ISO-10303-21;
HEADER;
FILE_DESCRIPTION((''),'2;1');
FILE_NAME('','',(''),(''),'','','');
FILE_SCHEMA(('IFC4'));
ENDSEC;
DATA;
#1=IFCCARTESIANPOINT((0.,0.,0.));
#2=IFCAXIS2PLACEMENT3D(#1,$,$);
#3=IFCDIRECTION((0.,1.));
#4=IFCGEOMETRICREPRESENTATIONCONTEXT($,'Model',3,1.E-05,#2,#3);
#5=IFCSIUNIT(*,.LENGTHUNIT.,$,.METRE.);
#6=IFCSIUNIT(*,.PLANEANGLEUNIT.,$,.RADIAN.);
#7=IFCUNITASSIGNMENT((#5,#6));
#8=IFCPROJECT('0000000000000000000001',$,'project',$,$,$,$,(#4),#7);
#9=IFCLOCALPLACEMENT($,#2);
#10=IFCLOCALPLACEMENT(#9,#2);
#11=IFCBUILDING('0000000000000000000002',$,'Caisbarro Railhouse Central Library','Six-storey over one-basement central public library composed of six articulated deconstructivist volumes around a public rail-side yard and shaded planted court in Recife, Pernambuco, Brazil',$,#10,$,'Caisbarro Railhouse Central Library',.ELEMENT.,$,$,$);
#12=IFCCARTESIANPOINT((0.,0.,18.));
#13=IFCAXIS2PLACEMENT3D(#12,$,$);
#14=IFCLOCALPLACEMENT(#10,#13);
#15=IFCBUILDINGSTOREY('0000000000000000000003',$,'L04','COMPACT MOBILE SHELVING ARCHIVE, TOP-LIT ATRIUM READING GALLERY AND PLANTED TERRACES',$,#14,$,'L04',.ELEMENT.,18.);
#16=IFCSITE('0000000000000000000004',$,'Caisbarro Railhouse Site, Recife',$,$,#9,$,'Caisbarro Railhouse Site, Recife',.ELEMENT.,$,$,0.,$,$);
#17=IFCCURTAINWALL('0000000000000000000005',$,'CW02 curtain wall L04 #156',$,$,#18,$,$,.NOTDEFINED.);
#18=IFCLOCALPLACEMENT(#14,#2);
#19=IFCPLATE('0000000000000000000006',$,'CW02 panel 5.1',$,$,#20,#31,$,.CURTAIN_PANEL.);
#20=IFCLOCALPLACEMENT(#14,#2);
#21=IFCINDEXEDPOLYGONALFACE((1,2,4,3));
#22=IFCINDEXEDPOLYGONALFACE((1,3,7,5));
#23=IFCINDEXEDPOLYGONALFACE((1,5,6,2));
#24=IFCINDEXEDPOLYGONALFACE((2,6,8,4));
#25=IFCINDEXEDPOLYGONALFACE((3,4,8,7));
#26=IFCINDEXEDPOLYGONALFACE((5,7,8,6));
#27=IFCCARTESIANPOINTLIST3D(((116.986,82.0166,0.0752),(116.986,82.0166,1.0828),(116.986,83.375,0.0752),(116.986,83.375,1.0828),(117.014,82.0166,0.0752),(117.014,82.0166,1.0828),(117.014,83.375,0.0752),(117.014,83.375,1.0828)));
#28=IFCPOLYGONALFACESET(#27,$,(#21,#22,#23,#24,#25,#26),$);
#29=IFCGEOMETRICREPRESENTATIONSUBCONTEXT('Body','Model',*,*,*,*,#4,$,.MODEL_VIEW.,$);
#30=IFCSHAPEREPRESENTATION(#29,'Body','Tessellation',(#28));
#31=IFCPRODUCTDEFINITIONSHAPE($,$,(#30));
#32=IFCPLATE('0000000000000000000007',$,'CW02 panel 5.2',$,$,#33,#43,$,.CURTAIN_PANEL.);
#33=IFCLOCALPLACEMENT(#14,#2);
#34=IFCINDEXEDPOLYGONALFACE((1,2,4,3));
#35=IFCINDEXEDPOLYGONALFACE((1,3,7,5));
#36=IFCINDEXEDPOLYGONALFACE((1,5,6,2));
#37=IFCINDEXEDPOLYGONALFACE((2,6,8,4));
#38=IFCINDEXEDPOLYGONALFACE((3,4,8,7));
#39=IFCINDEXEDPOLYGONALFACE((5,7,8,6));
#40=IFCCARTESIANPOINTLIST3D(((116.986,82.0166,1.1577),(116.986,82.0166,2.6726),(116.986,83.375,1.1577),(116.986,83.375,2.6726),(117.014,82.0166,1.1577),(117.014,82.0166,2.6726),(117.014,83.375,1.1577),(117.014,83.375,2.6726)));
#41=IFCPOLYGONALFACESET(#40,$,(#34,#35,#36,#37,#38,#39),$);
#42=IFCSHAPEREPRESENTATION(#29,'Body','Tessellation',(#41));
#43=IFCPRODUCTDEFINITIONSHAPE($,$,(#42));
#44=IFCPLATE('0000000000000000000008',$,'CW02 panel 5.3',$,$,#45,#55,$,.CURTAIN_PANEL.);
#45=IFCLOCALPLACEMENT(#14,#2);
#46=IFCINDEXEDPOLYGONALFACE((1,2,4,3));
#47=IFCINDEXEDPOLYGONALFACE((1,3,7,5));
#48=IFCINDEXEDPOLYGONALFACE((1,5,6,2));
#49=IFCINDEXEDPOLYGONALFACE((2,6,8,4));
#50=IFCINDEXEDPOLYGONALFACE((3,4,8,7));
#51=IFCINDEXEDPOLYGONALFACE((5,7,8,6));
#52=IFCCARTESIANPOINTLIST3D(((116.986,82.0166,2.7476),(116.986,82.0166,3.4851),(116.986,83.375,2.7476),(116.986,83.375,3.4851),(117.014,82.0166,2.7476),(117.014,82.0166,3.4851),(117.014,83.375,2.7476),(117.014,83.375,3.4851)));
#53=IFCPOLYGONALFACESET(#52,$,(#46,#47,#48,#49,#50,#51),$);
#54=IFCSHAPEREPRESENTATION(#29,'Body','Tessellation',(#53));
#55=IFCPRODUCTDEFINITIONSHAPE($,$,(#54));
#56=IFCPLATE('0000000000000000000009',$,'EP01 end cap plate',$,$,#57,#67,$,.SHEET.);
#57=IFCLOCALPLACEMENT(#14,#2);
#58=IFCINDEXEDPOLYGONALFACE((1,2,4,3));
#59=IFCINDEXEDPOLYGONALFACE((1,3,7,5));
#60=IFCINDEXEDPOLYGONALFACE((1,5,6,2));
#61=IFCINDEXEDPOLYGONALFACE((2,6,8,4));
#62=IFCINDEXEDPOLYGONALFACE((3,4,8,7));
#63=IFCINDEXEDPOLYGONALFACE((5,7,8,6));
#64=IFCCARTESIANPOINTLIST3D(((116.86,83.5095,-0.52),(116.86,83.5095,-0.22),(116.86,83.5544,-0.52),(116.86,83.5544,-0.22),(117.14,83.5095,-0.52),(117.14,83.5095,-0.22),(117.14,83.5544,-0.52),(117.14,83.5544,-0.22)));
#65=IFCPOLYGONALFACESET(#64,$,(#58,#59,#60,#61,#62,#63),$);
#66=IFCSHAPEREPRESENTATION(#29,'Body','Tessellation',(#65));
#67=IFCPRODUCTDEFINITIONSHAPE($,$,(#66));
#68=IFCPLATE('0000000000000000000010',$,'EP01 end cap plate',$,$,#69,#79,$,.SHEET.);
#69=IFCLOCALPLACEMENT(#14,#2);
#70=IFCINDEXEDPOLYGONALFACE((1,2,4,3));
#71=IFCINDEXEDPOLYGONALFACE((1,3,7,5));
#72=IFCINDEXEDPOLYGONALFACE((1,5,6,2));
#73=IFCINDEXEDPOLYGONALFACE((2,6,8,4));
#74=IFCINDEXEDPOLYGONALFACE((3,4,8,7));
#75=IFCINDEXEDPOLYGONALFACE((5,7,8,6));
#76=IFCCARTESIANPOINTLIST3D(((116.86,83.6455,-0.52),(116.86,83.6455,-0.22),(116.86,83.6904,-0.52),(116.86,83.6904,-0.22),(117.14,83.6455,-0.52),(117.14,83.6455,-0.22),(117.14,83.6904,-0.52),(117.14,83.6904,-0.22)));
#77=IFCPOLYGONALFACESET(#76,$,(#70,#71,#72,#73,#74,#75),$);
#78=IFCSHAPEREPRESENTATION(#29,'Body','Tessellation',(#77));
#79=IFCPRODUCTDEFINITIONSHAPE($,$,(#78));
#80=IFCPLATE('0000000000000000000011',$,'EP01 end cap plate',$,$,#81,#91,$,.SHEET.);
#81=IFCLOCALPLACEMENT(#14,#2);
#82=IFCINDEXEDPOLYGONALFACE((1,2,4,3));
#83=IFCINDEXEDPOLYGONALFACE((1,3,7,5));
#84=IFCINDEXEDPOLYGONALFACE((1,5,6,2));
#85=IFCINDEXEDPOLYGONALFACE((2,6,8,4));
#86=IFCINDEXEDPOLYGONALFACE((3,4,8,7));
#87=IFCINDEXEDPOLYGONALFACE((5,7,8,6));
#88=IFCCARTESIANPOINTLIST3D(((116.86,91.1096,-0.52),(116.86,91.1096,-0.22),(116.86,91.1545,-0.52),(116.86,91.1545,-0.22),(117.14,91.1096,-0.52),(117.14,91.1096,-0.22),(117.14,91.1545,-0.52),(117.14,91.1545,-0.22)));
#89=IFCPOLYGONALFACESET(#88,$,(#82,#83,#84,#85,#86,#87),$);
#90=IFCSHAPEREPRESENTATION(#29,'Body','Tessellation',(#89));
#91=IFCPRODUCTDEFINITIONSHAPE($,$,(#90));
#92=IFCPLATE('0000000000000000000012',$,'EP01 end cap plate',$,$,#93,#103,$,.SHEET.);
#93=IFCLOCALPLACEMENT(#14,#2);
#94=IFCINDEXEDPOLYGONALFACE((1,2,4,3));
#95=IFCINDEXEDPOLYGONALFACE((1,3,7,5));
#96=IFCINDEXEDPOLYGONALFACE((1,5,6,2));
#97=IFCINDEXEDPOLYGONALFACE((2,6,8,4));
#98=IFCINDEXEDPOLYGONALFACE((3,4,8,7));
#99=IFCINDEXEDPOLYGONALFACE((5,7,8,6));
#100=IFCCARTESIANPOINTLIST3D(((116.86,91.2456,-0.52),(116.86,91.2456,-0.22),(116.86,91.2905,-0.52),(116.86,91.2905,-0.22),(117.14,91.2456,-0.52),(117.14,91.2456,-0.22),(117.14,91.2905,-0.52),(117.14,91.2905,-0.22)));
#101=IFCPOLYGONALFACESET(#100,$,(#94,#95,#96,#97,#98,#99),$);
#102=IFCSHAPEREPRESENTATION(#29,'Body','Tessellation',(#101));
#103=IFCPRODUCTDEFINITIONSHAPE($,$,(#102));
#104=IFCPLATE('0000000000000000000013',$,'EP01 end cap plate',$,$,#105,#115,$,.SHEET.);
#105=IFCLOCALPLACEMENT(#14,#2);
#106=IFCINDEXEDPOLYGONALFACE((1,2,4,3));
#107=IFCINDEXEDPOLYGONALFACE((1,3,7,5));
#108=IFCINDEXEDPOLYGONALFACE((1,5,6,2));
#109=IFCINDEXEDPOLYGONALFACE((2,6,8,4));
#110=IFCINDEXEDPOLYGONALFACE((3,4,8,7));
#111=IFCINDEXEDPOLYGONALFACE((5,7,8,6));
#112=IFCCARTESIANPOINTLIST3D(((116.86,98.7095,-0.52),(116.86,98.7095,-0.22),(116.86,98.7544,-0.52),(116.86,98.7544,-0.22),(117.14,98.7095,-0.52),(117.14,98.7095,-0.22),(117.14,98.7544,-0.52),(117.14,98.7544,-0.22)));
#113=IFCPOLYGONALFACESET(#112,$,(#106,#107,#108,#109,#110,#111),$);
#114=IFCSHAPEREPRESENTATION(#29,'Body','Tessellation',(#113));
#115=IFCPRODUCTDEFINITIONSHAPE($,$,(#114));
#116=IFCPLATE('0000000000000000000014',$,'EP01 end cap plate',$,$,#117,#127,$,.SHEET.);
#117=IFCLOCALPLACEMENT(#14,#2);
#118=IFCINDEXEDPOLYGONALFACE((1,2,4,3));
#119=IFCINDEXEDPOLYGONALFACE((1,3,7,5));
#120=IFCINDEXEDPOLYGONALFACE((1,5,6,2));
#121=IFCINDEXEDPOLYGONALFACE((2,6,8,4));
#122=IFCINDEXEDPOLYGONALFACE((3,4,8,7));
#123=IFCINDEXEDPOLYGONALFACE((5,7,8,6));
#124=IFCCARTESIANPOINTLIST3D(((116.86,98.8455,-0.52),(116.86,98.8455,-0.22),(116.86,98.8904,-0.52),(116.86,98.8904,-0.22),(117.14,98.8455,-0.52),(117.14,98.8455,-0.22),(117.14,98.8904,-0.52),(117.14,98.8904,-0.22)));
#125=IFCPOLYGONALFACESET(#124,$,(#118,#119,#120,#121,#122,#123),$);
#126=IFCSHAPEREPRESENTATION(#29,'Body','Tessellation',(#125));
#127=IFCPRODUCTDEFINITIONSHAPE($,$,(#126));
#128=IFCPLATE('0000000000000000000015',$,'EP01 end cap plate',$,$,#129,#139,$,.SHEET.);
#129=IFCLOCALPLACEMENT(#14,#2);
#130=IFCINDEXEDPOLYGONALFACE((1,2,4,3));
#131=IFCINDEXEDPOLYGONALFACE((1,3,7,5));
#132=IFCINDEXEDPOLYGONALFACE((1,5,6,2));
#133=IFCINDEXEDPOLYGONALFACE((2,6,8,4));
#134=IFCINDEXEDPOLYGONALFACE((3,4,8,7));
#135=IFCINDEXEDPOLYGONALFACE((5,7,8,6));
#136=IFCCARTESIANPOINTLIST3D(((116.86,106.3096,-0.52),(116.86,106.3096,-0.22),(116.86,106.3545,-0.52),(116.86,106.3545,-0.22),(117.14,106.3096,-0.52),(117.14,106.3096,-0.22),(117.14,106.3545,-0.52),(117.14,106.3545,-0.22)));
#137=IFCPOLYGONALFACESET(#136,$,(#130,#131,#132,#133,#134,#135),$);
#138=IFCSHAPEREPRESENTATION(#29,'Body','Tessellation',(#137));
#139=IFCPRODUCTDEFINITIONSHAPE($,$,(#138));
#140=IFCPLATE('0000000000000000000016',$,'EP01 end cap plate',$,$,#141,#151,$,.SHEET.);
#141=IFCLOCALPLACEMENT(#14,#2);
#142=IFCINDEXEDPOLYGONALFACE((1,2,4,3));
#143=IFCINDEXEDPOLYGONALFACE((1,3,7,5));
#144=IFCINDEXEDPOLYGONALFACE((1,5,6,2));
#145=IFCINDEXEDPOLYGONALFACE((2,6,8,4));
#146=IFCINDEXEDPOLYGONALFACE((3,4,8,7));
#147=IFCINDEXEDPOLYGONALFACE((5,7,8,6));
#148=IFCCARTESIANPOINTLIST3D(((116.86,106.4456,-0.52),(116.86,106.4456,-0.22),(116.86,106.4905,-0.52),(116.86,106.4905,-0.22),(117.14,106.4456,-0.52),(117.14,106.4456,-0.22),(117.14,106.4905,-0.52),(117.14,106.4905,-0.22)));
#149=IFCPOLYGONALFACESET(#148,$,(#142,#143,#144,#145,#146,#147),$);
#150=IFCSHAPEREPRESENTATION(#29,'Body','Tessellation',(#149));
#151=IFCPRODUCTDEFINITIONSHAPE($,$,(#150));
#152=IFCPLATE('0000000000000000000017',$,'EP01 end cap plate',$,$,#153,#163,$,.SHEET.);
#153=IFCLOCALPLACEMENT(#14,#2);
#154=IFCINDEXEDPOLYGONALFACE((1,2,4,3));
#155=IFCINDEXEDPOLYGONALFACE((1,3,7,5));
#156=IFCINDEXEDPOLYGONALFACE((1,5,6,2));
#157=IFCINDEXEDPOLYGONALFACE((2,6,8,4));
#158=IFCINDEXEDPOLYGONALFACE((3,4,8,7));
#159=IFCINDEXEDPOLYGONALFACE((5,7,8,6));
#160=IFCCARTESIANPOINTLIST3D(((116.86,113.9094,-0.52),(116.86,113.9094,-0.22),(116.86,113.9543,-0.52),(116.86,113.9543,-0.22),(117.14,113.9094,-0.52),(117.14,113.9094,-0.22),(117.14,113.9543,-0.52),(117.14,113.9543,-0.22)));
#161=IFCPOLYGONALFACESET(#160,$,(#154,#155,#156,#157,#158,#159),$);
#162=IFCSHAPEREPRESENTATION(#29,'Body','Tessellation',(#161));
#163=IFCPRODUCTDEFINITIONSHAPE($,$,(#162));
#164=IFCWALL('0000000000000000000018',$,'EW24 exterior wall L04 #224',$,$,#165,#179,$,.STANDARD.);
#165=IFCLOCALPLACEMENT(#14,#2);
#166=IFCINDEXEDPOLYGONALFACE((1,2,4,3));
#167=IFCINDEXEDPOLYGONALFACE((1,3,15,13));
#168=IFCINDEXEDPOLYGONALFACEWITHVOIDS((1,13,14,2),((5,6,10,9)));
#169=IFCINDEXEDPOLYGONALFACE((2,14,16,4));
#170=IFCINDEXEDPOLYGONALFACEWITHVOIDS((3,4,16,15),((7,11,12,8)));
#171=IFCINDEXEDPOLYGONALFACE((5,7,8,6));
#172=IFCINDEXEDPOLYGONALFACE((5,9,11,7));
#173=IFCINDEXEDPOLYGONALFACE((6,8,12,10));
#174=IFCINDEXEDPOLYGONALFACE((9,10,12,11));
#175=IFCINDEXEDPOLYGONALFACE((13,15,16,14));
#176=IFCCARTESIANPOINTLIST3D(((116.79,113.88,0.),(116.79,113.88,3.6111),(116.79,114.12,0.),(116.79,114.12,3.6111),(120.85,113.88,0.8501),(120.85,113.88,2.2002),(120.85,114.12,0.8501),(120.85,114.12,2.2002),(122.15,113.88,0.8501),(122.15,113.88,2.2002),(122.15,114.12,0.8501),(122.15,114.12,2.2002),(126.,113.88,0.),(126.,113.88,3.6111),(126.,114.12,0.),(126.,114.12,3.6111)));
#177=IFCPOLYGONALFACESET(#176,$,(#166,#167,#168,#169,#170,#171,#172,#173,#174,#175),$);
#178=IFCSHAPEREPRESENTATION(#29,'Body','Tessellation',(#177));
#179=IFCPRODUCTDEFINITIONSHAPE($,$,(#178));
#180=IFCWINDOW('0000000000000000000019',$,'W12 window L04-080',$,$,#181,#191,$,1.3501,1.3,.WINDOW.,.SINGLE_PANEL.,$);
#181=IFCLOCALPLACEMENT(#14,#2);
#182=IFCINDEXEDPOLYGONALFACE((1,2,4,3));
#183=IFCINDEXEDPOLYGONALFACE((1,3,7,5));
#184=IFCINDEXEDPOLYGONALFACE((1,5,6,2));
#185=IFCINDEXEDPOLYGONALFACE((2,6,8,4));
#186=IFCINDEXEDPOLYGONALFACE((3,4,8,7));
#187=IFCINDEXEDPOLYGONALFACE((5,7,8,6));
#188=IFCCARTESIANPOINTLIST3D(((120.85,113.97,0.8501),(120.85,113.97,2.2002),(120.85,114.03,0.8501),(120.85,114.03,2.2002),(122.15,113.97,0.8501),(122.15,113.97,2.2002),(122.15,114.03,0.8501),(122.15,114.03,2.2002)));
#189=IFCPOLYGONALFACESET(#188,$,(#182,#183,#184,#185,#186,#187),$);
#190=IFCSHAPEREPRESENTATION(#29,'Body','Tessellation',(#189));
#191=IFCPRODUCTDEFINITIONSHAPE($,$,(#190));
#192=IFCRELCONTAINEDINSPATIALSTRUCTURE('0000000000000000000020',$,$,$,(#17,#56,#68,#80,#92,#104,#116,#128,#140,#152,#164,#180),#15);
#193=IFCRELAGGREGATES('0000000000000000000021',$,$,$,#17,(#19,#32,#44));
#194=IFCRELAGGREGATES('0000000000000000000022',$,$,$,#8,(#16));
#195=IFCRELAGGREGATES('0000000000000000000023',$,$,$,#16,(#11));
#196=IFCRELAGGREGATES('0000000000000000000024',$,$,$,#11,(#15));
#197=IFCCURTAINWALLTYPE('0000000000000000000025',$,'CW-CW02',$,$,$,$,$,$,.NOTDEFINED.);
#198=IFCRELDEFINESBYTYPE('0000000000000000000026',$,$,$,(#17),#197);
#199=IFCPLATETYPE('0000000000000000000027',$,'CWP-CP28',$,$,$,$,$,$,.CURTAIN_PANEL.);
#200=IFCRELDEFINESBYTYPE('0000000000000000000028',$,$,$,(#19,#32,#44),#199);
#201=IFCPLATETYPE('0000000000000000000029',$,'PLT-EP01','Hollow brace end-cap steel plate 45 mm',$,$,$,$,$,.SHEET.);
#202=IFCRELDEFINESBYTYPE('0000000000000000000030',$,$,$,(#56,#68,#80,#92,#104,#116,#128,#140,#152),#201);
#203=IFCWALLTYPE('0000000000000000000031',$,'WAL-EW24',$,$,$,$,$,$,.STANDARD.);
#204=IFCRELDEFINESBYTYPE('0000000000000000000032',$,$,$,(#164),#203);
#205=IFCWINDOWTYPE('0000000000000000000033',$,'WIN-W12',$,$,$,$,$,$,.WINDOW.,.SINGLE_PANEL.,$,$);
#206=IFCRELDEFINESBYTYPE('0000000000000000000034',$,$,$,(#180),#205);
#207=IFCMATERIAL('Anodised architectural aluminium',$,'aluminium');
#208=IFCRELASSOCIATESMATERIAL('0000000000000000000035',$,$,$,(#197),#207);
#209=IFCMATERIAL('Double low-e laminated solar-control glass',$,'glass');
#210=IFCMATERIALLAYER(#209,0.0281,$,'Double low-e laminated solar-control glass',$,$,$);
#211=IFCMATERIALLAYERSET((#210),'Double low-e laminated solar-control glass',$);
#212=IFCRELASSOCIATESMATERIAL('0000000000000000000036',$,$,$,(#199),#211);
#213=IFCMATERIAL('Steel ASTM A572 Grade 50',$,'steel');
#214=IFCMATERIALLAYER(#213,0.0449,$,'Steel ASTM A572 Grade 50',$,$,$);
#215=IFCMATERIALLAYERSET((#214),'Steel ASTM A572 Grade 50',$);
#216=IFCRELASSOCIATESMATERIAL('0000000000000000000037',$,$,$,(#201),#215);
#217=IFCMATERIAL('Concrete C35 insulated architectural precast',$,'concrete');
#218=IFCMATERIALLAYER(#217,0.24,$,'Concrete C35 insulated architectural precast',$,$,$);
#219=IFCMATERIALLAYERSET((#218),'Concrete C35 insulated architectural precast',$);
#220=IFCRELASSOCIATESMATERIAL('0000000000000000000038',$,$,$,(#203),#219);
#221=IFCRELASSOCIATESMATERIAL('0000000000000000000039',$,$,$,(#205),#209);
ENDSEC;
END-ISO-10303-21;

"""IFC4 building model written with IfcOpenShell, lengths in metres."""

from ifc_helpers import new_model, si_unit, direction, frame, frame_2d, origin, origin_2d, place, context, subcontext, project, spatial, rectangle, extrude, material, layer, layer_set, type_object, element, fill, aggregate, save


model = new_model("IFC4")

# Units and contexts
model_context = context("Model", 3, precision=1e-05, world=origin(), true_north=direction((0.0, 1.0)))
body_context = subcontext(model_context, "Body", "Model", "MODEL_VIEW")
ifc_project = project(units=[si_unit("LENGTHUNIT", "METRE"), si_unit("PLANEANGLEUNIT", "RADIAN")], contexts=[model_context])

# Site, building, storey
site_placement = place(None, origin())
site = spatial("IfcSite", under=ifc_project, at=site_placement, Name="Caisbarro Railhouse Site, Recife", LongName="Caisbarro Railhouse Site, Recife", CompositionType="ELEMENT", RefElevation=0.0)
building_placement = place(site_placement, origin())
building = spatial("IfcBuilding", under=site, at=building_placement, Name="Caisbarro Railhouse Central Library", Description="Six-storey over one-basement central public library composed of six articulated deconstructivist volumes around a public rail-side yard and shaded planted court in Recife, Pernambuco, Brazil", LongName="Caisbarro Railhouse Central Library", CompositionType="ELEMENT")
storey_placement = place(building_placement, frame((0.0, 0.0, 18.0)))
storey = spatial("IfcBuildingStorey", under=building, at=storey_placement, Name="L04", Description="COMPACT MOBILE SHELVING ARCHIVE, TOP-LIT ATRIUM READING GALLERY AND PLANTED TERRACES", LongName="L04", CompositionType="ELEMENT", Elevation=18.0)

# Shared definitions
ifc_material_1 = material(Name="Steel ASTM A572 Grade 50", Category="steel")

# Curtain wall
ifc_material_2 = material(Name="Anodised architectural aluminium", Category="aluminium")
curtain_wall_type = type_object("IfcCurtainWallType", Name="CW-CW02", PredefinedType="NOTDEFINED", material=ifc_material_2)
curtain_wall_1_placement = place(storey_placement, origin())
curtain_wall_1 = element("IfcCurtainWall", 1, at=curtain_wall_1_placement, inside=storey, type_object=curtain_wall_type, Name="CW02 curtain wall L04 #156", PredefinedType="NOTDEFINED")

# Plates
ifc_material_3 = material(Name="Double low-e laminated solar-control glass", Category="glass")
ifc_layer_1 = layer(ifc_material_3, 0.0281, Name="Double low-e laminated solar-control glass")
ifc_layer_set_1 = layer_set([ifc_layer_1], Name="Double low-e laminated solar-control glass")
plate_type_1 = type_object("IfcPlateType", Name="CWP-CP28", PredefinedType="CURTAIN_PANEL", material=ifc_layer_set_1)
plate_1_placement = place(storey_placement, frame((117.0, 82.6958, 0.0752), z_axis=(0.0, 0.0, 1.0), x_axis=(0.0, 1.0, 0.0)))
plate_1 = element("IfcPlate", 2, at=plate_1_placement, type_object=plate_type_1, Name="CW02 panel 5.1", PredefinedType="CURTAIN_PANEL", context=body_context, shape_type="SweptSolid", body=[
    extrude(rectangle(XDim=1.3584, YDim=0.0281, at=origin_2d()), origin(), (0.0, 0.0, 1.0), 1.0076),
])
plate_2_placement = place(storey_placement, frame((117.0, 82.6958, 1.1577), z_axis=(0.0, 0.0, 1.0), x_axis=(0.0, 1.0, 0.0)))
plate_2 = element("IfcPlate", 3, at=plate_2_placement, type_object=plate_type_1, Name="CW02 panel 5.2", PredefinedType="CURTAIN_PANEL", context=body_context, shape_type="SweptSolid", body=[
    extrude(rectangle(XDim=1.3584, YDim=0.0281, at=origin_2d()), origin(), (0.0, 0.0, 1.0), 1.5149),
])
plate_3_placement = place(storey_placement, frame((117.0, 82.6958, 2.7476), z_axis=(0.0, 0.0, 1.0), x_axis=(0.0, 1.0, 0.0)))
plate_3 = element("IfcPlate", 4, at=plate_3_placement, type_object=plate_type_1, Name="CW02 panel 5.3", PredefinedType="CURTAIN_PANEL", context=body_context, shape_type="SweptSolid", body=[
    extrude(rectangle(XDim=1.3584, YDim=0.0281, at=origin_2d()), origin(), (0.0, 0.0, 1.0), 0.7375),
])
aggregate(curtain_wall_1, [plate_1, plate_2, plate_3])

# Plates
ifc_layer_2 = layer(ifc_material_1, 0.0449, Name="Steel ASTM A572 Grade 50")
ifc_layer_set_2 = layer_set([ifc_layer_2], Name="Steel ASTM A572 Grade 50")
plate_type_2 = type_object("IfcPlateType", Name="PLT-EP01", Description="Hollow brace end-cap steel plate 45 mm", PredefinedType="SHEET", material=ifc_layer_set_2)
for number, where, z_axis, x_axis, name in (
    (5, (117.0, 83.532, -0.52), (0.0, 0.0, 1.0), (0.0, 1.0, 0.0), "EP01 end cap plate"),
    (6, (117.0, 83.668, -0.52), (0.0, 0.0, 1.0), (0.0, 1.0, 0.0), "EP01 end cap plate"),
    (7, (117.0, 91.1321, -0.52), (0.0, 0.0, 1.0), (0.0, 1.0, 0.0), "EP01 end cap plate"),
    (8, (117.0, 91.2681, -0.52), (0.0, 0.0, 1.0), (0.0, 1.0, 0.0), "EP01 end cap plate"),
    (9, (117.0, 98.7319, -0.52), (0.0, 0.0, 1.0), (0.0, 1.0, 0.0), "EP01 end cap plate"),
    (10, (117.0, 98.8679, -0.52), (0.0, 0.0, 1.0), (0.0, 1.0, 0.0), "EP01 end cap plate"),
    (11, (117.0, 106.332, -0.52), (0.0, 0.0, 1.0), (0.0, 1.0, 0.0), "EP01 end cap plate"),
    (12, (117.0, 106.468, -0.52), (0.0, 0.0, 1.0), (0.0, 1.0, 0.0), "EP01 end cap plate"),
    (13, (117.0, 113.9319, -0.52), (0.0, 0.0, 1.0), (0.0, 1.0, 0.0), "EP01 end cap plate"),
):
    element("IfcPlate", number, at=place(storey_placement, frame(where, z_axis=z_axis, x_axis=x_axis)), inside=storey, type_object=plate_type_2, Name=name, PredefinedType="SHEET", context=body_context, shape_type="SweptSolid", body=[
        extrude(rectangle(XDim=0.0449, YDim=0.28, at=origin_2d()), origin(), (0.0, 0.0, 1.0), 0.3),
    ])

# Wall, opening, window
ifc_material_4 = material(Name="Concrete C35 insulated architectural precast", Category="concrete")
ifc_layer_3 = layer(ifc_material_4, 0.24, Name="Concrete C35 insulated architectural precast")
ifc_layer_set_3 = layer_set([ifc_layer_3], Name="Concrete C35 insulated architectural precast")
wall_type = type_object("IfcWallType", Name="WAL-EW24", PredefinedType="STANDARD", material=ifc_layer_set_3)
wall_placement = place(storey_placement, frame((116.79, 114.0, 0.0), z_axis=(0.0, 0.0, 1.0), x_axis=(1.0, 0.0, 0.0)))
wall = element("IfcWall", 14, at=wall_placement, inside=storey, type_object=wall_type, Name="EW24 exterior wall L04 #224", PredefinedType="STANDARD", context=body_context, shape_type="SweptSolid", body=[
    extrude(rectangle(XDim=9.21, YDim=0.24, at=frame_2d((4.605, 0.0))), origin(), (0.0, 0.0, 1.0), 3.6111),
])
opening_placement = place(wall_placement, frame((4.0601, 0.0, 0.8501)))
opening = element("IfcOpeningElement", 15, at=opening_placement, cuts=wall, PredefinedType="OPENING", context=body_context, shape_type="SweptSolid", body=[
    extrude(rectangle(XDim=1.3, YDim=1.3501, at=frame_2d((0.6499, 0.675))), frame((0.0, 0.1299, 0.0), z_axis=(0.0, -1.0, 0.0), x_axis=(1.0, 0.0, 0.0)), (0.0, 0.0, 1.0), 0.26),
])
window_type = type_object("IfcWindowType", Name="WIN-W12", PartitioningType="SINGLE_PANEL", PredefinedType="WINDOW", material=ifc_material_3)
window_placement = place(opening_placement, origin())
window = element("IfcWindow", 16, at=window_placement, inside=storey, type_object=window_type, Name="W12 window L04-080", OverallHeight=1.3501, OverallWidth=1.3, PartitioningType="SINGLE_PANEL", PredefinedType="WINDOW", context=body_context, shape_type="SweptSolid", body=[
    extrude(rectangle(XDim=1.3, YDim=1.3501, at=frame_2d((0.6499, 0.675))), frame((0.0, 0.03, 0.0), z_axis=(0.0, -1.0, 0.0), x_axis=(1.0, 0.0, 0.0)), (0.0, 0.0, 1.0), 0.0601),
])
fill(opening, window)

save(model, "model.ifc")
